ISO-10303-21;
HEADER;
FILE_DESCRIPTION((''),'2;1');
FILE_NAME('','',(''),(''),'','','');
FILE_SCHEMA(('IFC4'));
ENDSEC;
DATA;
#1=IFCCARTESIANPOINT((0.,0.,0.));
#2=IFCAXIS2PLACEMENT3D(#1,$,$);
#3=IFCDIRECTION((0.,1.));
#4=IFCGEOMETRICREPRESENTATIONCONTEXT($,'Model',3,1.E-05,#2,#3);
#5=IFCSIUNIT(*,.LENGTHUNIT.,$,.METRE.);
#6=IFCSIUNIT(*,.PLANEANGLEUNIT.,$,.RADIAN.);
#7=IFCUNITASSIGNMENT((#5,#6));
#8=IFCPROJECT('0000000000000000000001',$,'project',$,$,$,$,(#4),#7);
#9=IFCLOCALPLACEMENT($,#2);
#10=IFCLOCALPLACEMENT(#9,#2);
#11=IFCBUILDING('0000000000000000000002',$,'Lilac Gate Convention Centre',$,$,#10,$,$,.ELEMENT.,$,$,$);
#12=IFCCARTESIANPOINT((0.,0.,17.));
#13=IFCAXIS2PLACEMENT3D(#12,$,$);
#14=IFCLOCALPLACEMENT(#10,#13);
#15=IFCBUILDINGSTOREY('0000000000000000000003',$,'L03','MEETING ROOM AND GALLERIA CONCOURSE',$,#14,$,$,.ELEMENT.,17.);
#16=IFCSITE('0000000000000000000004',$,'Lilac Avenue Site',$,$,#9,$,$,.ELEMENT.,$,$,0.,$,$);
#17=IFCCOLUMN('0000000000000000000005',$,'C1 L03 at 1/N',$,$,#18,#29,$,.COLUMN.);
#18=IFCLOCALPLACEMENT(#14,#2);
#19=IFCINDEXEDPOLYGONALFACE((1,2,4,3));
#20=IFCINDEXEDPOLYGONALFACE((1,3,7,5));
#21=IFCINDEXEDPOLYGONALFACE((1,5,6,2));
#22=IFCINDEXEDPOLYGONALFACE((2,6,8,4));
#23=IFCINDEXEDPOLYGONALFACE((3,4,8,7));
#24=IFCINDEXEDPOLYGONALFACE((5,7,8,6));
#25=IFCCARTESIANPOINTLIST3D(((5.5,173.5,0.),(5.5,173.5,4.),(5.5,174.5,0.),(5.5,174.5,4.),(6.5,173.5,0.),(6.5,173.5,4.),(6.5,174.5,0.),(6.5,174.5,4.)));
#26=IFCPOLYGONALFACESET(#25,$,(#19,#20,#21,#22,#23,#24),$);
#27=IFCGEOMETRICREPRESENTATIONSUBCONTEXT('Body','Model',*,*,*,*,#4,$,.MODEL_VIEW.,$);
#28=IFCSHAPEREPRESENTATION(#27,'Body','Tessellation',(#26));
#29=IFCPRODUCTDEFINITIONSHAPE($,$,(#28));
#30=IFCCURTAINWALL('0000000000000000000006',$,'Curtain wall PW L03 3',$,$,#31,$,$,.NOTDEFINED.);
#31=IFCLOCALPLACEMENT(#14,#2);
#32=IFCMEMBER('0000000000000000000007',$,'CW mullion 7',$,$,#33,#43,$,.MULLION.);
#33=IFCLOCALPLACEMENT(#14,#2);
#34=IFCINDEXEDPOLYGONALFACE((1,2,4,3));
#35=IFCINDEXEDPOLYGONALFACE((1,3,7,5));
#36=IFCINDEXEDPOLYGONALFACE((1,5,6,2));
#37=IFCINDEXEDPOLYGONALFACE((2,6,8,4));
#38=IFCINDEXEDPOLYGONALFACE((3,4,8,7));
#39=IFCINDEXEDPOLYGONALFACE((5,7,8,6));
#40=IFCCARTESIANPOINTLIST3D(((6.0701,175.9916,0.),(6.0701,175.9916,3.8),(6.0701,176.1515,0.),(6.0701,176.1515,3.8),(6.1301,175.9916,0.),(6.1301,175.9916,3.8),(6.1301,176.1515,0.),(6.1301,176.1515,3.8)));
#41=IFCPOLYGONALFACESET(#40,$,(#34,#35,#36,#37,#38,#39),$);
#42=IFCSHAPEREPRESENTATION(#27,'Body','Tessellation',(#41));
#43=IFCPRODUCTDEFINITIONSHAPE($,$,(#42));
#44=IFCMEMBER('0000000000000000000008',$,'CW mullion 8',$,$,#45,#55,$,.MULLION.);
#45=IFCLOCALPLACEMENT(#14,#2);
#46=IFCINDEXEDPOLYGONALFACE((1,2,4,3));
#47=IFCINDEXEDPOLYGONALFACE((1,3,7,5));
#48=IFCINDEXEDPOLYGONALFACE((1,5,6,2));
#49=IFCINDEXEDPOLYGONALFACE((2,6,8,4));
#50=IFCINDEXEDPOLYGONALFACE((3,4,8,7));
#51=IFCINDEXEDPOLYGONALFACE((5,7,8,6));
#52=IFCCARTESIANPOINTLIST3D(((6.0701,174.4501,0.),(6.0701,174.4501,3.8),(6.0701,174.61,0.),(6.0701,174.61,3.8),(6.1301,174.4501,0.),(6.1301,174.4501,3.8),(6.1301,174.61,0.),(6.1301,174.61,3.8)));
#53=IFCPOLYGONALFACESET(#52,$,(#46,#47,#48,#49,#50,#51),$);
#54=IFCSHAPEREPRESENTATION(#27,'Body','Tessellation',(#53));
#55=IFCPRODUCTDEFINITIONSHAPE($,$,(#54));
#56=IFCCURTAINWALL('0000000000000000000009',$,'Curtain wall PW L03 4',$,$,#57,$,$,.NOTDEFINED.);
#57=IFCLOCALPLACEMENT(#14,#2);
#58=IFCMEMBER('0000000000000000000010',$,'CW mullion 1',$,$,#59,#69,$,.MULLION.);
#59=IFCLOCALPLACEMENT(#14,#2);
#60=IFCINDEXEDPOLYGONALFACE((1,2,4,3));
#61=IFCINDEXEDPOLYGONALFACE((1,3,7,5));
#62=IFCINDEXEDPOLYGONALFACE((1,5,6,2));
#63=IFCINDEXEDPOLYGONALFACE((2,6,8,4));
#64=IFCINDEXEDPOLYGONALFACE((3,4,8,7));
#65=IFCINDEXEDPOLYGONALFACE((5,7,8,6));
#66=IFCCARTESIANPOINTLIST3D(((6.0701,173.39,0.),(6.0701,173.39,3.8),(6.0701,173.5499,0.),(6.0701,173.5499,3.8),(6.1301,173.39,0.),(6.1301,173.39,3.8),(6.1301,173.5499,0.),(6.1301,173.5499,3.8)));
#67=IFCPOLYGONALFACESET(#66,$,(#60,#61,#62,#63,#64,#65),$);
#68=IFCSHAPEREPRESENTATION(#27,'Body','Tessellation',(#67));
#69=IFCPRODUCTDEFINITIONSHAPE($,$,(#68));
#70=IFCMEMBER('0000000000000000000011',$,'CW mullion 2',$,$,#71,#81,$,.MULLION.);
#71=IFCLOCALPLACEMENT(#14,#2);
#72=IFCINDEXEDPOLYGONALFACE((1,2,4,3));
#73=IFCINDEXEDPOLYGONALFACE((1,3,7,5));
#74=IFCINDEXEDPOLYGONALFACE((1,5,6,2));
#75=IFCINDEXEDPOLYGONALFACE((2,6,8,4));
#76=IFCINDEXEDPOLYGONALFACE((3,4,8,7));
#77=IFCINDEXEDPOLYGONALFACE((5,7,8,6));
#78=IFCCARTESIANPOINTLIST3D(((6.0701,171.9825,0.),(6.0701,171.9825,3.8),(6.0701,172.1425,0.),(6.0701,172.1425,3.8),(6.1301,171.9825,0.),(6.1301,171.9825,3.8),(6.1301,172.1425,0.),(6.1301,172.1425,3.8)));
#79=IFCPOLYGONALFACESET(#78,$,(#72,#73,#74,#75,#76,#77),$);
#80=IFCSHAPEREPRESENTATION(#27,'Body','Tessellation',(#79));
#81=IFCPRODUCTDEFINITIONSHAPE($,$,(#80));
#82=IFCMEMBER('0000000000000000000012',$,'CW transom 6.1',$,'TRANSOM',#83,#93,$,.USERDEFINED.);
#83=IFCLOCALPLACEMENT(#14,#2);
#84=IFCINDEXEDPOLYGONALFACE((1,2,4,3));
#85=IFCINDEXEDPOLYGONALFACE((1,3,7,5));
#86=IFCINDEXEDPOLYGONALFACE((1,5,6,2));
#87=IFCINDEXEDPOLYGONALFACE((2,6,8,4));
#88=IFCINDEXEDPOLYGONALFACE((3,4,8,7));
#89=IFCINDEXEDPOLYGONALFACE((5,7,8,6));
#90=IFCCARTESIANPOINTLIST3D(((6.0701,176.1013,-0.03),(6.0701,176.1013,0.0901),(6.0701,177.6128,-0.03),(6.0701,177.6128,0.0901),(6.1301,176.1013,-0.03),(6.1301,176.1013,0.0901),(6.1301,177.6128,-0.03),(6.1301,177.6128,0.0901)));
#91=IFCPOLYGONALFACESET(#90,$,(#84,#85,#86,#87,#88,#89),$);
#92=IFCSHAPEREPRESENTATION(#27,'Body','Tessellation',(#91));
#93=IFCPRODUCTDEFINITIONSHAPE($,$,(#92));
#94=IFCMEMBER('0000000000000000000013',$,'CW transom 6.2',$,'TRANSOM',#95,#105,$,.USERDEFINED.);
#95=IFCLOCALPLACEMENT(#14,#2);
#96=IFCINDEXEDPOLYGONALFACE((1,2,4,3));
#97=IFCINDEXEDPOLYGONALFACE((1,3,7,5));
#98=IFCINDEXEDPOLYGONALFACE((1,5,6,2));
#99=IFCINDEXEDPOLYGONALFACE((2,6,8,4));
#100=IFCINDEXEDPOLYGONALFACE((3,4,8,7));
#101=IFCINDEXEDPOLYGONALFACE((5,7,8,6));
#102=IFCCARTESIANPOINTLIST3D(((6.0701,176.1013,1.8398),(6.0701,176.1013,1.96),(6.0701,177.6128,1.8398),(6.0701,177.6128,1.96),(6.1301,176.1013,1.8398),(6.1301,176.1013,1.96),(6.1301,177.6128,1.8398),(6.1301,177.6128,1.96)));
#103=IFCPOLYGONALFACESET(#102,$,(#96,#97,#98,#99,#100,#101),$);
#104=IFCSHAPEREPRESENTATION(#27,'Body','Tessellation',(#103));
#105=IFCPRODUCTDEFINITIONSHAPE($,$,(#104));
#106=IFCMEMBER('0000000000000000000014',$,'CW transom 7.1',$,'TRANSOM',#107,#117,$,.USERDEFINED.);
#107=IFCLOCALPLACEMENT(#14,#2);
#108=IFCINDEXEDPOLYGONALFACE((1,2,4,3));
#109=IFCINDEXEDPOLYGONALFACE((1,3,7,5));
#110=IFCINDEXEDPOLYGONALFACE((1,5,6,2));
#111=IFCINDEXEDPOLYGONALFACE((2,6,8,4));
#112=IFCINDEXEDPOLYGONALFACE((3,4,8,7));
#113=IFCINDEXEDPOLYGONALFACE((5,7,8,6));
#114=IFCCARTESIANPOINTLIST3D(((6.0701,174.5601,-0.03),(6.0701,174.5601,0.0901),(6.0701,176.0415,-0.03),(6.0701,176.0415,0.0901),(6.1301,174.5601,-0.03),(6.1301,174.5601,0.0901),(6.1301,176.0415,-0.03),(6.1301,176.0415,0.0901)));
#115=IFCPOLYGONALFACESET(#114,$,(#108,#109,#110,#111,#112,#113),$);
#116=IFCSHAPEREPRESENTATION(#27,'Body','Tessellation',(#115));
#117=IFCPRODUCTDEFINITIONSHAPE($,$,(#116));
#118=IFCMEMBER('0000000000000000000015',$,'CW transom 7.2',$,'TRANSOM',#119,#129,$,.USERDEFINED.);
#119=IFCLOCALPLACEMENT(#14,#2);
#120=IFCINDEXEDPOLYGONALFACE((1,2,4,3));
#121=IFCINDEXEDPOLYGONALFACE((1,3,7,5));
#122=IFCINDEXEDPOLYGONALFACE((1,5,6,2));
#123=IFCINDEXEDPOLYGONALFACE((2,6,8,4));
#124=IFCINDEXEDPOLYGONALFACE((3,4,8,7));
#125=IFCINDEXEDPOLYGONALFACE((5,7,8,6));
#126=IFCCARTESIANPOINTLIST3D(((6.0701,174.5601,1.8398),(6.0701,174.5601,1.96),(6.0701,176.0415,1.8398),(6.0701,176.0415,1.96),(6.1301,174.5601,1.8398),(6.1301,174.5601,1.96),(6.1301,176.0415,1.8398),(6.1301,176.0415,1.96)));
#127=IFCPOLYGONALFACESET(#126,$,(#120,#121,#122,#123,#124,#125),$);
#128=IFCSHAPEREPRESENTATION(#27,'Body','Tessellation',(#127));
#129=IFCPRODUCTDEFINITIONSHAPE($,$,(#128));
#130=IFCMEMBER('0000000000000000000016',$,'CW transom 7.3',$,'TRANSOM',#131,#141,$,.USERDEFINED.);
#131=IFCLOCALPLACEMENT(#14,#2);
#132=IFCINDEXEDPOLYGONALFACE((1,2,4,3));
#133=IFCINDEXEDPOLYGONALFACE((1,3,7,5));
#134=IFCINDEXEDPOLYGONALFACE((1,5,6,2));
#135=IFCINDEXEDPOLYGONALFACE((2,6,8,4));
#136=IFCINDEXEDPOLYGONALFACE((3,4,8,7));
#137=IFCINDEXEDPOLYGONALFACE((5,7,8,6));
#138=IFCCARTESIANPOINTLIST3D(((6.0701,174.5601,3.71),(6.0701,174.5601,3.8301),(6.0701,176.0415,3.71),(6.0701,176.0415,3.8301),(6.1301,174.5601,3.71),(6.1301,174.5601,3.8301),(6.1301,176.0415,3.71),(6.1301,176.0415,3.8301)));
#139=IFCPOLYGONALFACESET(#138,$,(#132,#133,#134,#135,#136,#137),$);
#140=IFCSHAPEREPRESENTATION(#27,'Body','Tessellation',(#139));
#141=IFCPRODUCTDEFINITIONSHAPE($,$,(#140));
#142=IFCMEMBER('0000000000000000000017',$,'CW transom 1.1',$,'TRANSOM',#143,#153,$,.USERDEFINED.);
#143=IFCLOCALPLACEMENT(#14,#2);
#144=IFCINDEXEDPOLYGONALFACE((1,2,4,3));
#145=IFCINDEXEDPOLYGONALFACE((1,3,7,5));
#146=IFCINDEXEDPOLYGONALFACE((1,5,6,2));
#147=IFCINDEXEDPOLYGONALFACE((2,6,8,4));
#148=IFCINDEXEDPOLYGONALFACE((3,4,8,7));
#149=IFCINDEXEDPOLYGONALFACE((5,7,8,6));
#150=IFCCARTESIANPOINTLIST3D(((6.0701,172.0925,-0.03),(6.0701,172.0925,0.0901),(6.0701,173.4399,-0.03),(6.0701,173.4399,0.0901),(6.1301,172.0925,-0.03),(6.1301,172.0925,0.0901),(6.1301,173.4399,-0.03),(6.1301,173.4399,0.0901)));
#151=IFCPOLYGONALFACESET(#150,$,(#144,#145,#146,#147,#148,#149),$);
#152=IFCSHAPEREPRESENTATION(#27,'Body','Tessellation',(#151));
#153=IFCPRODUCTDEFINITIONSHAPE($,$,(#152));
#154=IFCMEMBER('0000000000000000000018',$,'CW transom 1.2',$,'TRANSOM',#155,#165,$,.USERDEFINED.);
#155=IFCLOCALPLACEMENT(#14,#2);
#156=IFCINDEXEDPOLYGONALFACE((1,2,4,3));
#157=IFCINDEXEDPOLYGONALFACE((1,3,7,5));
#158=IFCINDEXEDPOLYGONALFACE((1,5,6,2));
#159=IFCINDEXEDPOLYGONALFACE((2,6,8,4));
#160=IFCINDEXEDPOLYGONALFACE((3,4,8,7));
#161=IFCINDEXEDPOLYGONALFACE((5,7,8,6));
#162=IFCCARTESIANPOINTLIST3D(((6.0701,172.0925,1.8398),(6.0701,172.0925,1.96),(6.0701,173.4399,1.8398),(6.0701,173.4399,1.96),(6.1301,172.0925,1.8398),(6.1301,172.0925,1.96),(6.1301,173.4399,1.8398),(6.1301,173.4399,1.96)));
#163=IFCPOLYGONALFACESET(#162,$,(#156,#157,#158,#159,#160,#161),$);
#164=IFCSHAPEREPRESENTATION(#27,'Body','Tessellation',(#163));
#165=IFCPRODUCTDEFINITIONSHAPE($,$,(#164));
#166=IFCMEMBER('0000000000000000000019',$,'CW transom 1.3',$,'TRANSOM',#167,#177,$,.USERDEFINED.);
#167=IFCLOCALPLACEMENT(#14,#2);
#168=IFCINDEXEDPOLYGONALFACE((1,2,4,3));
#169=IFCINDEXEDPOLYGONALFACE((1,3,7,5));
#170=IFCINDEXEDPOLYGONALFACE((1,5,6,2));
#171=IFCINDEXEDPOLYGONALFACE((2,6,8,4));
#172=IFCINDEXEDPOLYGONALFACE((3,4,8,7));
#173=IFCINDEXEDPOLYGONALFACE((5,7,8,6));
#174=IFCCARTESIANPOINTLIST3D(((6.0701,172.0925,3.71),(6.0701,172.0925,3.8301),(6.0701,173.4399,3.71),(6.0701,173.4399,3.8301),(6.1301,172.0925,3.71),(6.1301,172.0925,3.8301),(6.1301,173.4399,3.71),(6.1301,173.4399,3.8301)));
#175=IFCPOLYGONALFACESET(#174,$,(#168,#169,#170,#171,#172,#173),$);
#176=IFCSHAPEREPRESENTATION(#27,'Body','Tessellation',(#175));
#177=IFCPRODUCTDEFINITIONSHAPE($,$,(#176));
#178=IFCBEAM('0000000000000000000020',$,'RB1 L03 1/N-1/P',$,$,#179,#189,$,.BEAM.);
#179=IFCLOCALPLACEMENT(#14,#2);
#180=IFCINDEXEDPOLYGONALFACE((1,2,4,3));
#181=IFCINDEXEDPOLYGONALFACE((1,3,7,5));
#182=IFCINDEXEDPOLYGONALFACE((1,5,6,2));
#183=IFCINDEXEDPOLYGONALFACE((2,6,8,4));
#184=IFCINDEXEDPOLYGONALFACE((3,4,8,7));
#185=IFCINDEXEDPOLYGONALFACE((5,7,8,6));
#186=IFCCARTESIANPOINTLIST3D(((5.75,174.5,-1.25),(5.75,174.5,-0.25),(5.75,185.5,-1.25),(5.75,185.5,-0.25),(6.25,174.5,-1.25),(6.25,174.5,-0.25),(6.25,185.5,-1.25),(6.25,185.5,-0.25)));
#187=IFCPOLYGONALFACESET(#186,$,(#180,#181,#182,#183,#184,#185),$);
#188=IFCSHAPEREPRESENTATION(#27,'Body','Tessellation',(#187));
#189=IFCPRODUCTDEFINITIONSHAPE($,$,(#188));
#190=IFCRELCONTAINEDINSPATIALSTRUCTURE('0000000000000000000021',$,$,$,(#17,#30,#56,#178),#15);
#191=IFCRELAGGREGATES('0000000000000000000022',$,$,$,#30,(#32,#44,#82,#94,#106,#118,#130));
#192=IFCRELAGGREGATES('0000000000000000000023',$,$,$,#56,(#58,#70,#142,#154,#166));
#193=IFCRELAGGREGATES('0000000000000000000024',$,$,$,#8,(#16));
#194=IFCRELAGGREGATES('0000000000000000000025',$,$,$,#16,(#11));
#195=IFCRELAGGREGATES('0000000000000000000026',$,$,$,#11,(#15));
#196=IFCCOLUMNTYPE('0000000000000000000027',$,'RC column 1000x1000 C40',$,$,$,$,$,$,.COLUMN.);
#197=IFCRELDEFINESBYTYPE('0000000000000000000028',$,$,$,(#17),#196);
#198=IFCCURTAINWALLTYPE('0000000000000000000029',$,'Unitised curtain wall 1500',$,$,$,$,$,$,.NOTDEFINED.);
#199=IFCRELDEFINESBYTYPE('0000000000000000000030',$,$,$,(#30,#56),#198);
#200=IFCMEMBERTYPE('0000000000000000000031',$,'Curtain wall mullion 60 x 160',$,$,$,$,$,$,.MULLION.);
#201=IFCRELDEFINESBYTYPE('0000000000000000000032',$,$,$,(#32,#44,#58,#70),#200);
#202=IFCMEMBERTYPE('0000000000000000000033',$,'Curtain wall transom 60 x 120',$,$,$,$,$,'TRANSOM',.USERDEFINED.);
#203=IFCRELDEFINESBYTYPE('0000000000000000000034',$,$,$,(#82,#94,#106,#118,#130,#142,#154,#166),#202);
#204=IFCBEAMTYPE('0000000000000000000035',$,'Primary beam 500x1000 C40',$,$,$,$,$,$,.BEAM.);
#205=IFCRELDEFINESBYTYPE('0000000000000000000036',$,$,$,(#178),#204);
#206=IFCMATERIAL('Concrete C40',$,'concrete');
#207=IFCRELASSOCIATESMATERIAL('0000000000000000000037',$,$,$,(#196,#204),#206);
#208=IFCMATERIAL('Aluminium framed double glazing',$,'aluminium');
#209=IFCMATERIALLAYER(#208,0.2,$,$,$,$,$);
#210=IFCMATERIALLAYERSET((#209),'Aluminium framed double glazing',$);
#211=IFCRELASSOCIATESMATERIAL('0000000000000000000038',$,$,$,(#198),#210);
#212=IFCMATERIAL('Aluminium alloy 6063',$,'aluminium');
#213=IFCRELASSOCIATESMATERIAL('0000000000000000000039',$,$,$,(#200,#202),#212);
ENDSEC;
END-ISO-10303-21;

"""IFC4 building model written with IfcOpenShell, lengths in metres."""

from ifc_helpers import new_model, si_unit, direction, frame, origin, origin_2d, place, context, subcontext, project, spatial, rectangle, extrude, material, layer, layer_set, material_profile, profile_set, type_object, element, aggregate, save


model = new_model("IFC4")

# Units and contexts
model_context = context("Model", 3, precision=1e-05, world=origin(), true_north=direction((0.0, 1.0)))
body_context = subcontext(model_context, "Body", "Model", "MODEL_VIEW")
ifc_project = project(units=[si_unit("LENGTHUNIT", "METRE"), si_unit("PLANEANGLEUNIT", "RADIAN")], contexts=[model_context])

# Site, building, storey
site_placement = place(None, origin())
site = spatial("IfcSite", under=ifc_project, at=site_placement, Name="Lilac Avenue Site", CompositionType="ELEMENT", RefElevation=0.0)
building_placement = place(site_placement, origin())
building = spatial("IfcBuilding", under=site, at=building_placement, Name="Lilac Gate Convention Centre", CompositionType="ELEMENT")
storey_placement = place(building_placement, frame((0.0, 0.0, 17.0)))
storey = spatial("IfcBuildingStorey", under=building, at=storey_placement, Name="L03", Description="MEETING ROOM AND GALLERIA CONCOURSE", CompositionType="ELEMENT", Elevation=17.0)

# Column
ifc_material_1 = material(Name="Concrete C40", Category="concrete")
ifc_material_profile_1 = material_profile(ifc_material_1, rectangle(XDim=1.0, YDim=1.0, at=origin_2d()), Name="RC 1000x1000")
ifc_profile_set_1 = profile_set([ifc_material_profile_1], Name="Concrete C40")
column_type = type_object("IfcColumnType", Name="RC column 1000x1000 C40", PredefinedType="COLUMN", material=ifc_profile_set_1)
column_placement = place(storey_placement, frame((6.0, 174.0, 0.0), z_axis=(0.0, 0.0, 1.0), x_axis=(1.0, 0.0, 0.0)))
element("IfcColumn", 1, at=column_placement, inside=storey, type_object=column_type, Name="C1 L03 at 1/N", PredefinedType="COLUMN", context=body_context, shape_type="SweptSolid", body=[
    extrude(rectangle(XDim=1.0, YDim=1.0, at=origin_2d()), origin(), (0.0, 0.0, 1.0), 4.0),
])

# Curtain walls, members
ifc_material_2 = material(Name="Aluminium framed double glazing", Category="aluminium")
ifc_layer_1 = layer(ifc_material_2, 0.2)
ifc_layer_set_1 = layer_set([ifc_layer_1], Name="Aluminium framed double glazing")
curtain_wall_type = type_object("IfcCurtainWallType", Name="Unitised curtain wall 1500", PredefinedType="NOTDEFINED", material=ifc_layer_set_1)
curtain_wall_1_placement = place(storey_placement, origin())
curtain_wall_1 = element("IfcCurtainWall", 2, at=curtain_wall_1_placement, inside=storey, type_object=curtain_wall_type, Name="Curtain wall PW L03 3", PredefinedType="NOTDEFINED")
ifc_material_3 = material(Name="Aluminium alloy 6063", Category="aluminium")
ifc_material_profile_2 = material_profile(ifc_material_3, rectangle(XDim=0.0601, YDim=0.1599, at=origin_2d()), Name="Curtain wall mullion 60 x 160")
ifc_profile_set_2 = profile_set([ifc_material_profile_2], Name="Aluminium alloy 6063")
member_type_1 = type_object("IfcMemberType", Name="Curtain wall mullion 60 x 160", PredefinedType="MULLION", material=ifc_profile_set_2)
member_1_placement = place(storey_placement, frame((6.1001, 176.0715, 0.0), z_axis=(0.0, 0.0, 1.0), x_axis=(1.0, 0.0, 0.0)))
member_1 = element("IfcMember", 3, at=member_1_placement, type_object=member_type_1, Name="CW mullion 7", PredefinedType="MULLION", context=body_context, shape_type="SweptSolid", body=[
    extrude(rectangle(XDim=0.0601, YDim=0.1599, at=origin_2d()), origin(), (0.0, 0.0, 1.0), 3.8),
])
member_2_placement = place(storey_placement, frame((6.1001, 174.53, 0.0), z_axis=(0.0, 0.0, 1.0), x_axis=(1.0, 0.0, 0.0)))
member_2 = element("IfcMember", 4, at=member_2_placement, type_object=member_type_1, Name="CW mullion 8", PredefinedType="MULLION", context=body_context, shape_type="SweptSolid", body=[
    extrude(rectangle(XDim=0.0601, YDim=0.1599, at=origin_2d()), origin(), (0.0, 0.0, 1.0), 3.8),
])
curtain_wall_2_placement = place(storey_placement, origin())
curtain_wall_2 = element("IfcCurtainWall", 5, at=curtain_wall_2_placement, inside=storey, type_object=curtain_wall_type, Name="Curtain wall PW L03 4", PredefinedType="NOTDEFINED")
member_3_placement = place(storey_placement, frame((6.1001, 173.47, 0.0), z_axis=(0.0, 0.0, 1.0), x_axis=(1.0, 0.0, 0.0)))
member_3 = element("IfcMember", 6, at=member_3_placement, type_object=member_type_1, Name="CW mullion 1", PredefinedType="MULLION", context=body_context, shape_type="SweptSolid", body=[
    extrude(rectangle(XDim=0.0601, YDim=0.1599, at=origin_2d()), origin(), (0.0, 0.0, 1.0), 3.8),
])
member_4_placement = place(storey_placement, frame((6.1001, 172.0625, 0.0), z_axis=(0.0, 0.0, 1.0), x_axis=(1.0, 0.0, 0.0)))
member_4 = element("IfcMember", 7, at=member_4_placement, type_object=member_type_1, Name="CW mullion 2", PredefinedType="MULLION", context=body_context, shape_type="SweptSolid", body=[
    extrude(rectangle(XDim=0.0601, YDim=0.1599, at=origin_2d()), origin(), (0.0, 0.0, 1.0), 3.8),
])

# Members
ifc_material_profile_3 = material_profile(ifc_material_3, rectangle(XDim=0.0601, YDim=0.1201, at=origin_2d()), Name="Curtain wall transom 60 x 120")
ifc_profile_set_3 = profile_set([ifc_material_profile_3], Name="Aluminium alloy 6063")
member_type_2 = type_object("IfcMemberType", Name="Curtain wall transom 60 x 120", ElementType="TRANSOM", PredefinedType="USERDEFINED", material=ifc_profile_set_3)
member_5_placement = place(storey_placement, frame((6.1001, 177.6128, 0.03), z_axis=(0.0, -1.0, 0.0), x_axis=(1.0, 0.0, 0.0)))
member_5 = element("IfcMember", 8, at=member_5_placement, type_object=member_type_2, Name="CW transom 6.1", ObjectType="TRANSOM", PredefinedType="USERDEFINED", context=body_context, shape_type="SweptSolid", body=[
    extrude(rectangle(XDim=0.0601, YDim=0.1201, at=origin_2d()), origin(), (0.0, 0.0, 1.0), 1.5115),
])
member_6_placement = place(storey_placement, frame((6.1001, 177.6128, 1.8999), z_axis=(0.0, -1.0, 0.0), x_axis=(1.0, 0.0, 0.0)))
member_6 = element("IfcMember", 9, at=member_6_placement, type_object=member_type_2, Name="CW transom 6.2", ObjectType="TRANSOM", PredefinedType="USERDEFINED", context=body_context, shape_type="SweptSolid", body=[
    extrude(rectangle(XDim=0.0601, YDim=0.1201, at=origin_2d()), origin(), (0.0, 0.0, 1.0), 1.5115),
])
member_7_placement = place(storey_placement, frame((6.1001, 176.0415, 0.03), z_axis=(0.0, -1.0, 0.0), x_axis=(1.0, 0.0, 0.0)))
member_7 = element("IfcMember", 10, at=member_7_placement, type_object=member_type_2, Name="CW transom 7.1", ObjectType="TRANSOM", PredefinedType="USERDEFINED", context=body_context, shape_type="SweptSolid", body=[
    extrude(rectangle(XDim=0.0601, YDim=0.1201, at=origin_2d()), origin(), (0.0, 0.0, 1.0), 1.4814),
])
member_8_placement = place(storey_placement, frame((6.1001, 176.0415, 1.8999), z_axis=(0.0, -1.0, 0.0), x_axis=(1.0, 0.0, 0.0)))
member_8 = element("IfcMember", 11, at=member_8_placement, type_object=member_type_2, Name="CW transom 7.2", ObjectType="TRANSOM", PredefinedType="USERDEFINED", context=body_context, shape_type="SweptSolid", body=[
    extrude(rectangle(XDim=0.0601, YDim=0.1201, at=origin_2d()), origin(), (0.0, 0.0, 1.0), 1.4814),
])
member_9_placement = place(storey_placement, frame((6.1001, 176.0415, 3.77), z_axis=(0.0, -1.0, 0.0), x_axis=(1.0, 0.0, 0.0)))
member_9 = element("IfcMember", 12, at=member_9_placement, type_object=member_type_2, Name="CW transom 7.3", ObjectType="TRANSOM", PredefinedType="USERDEFINED", context=body_context, shape_type="SweptSolid", body=[
    extrude(rectangle(XDim=0.0601, YDim=0.1201, at=origin_2d()), origin(), (0.0, 0.0, 1.0), 1.4814),
])
member_10_placement = place(storey_placement, frame((6.1001, 173.4399, 0.03), z_axis=(0.0, -1.0, 0.0), x_axis=(1.0, 0.0, 0.0)))
member_10 = element("IfcMember", 13, at=member_10_placement, type_object=member_type_2, Name="CW transom 1.1", ObjectType="TRANSOM", PredefinedType="USERDEFINED", context=body_context, shape_type="SweptSolid", body=[
    extrude(rectangle(XDim=0.0601, YDim=0.1201, at=origin_2d()), origin(), (0.0, 0.0, 1.0), 1.3474),
])
member_11_placement = place(storey_placement, frame((6.1001, 173.4399, 1.8999), z_axis=(0.0, -1.0, 0.0), x_axis=(1.0, 0.0, 0.0)))
member_11 = element("IfcMember", 14, at=member_11_placement, type_object=member_type_2, Name="CW transom 1.2", ObjectType="TRANSOM", PredefinedType="USERDEFINED", context=body_context, shape_type="SweptSolid", body=[
    extrude(rectangle(XDim=0.0601, YDim=0.1201, at=origin_2d()), origin(), (0.0, 0.0, 1.0), 1.3474),
])
member_12_placement = place(storey_placement, frame((6.1001, 173.4399, 3.77), z_axis=(0.0, -1.0, 0.0), x_axis=(1.0, 0.0, 0.0)))
member_12 = element("IfcMember", 15, at=member_12_placement, type_object=member_type_2, Name="CW transom 1.3", ObjectType="TRANSOM", PredefinedType="USERDEFINED", context=body_context, shape_type="SweptSolid", body=[
    extrude(rectangle(XDim=0.0601, YDim=0.1201, at=origin_2d()), origin(), (0.0, 0.0, 1.0), 1.3474),
])

# Beam
ifc_material_profile_4 = material_profile(ifc_material_1, rectangle(XDim=0.5, YDim=1.0, at=origin_2d()), Name="RC 500x1000")
ifc_profile_set_4 = profile_set([ifc_material_profile_4], Name="Concrete C40")
beam_type = type_object("IfcBeamType", Name="Primary beam 500x1000 C40", PredefinedType="BEAM", material=ifc_profile_set_4)
beam_placement = place(storey_placement, frame((6.0, 174.5, -0.75), z_axis=(0.0, 1.0, 0.0), x_axis=(-1.0, 0.0, 0.0)))
element("IfcBeam", 16, at=beam_placement, inside=storey, type_object=beam_type, Name="RB1 L03 1/N-1/P", PredefinedType="BEAM", context=body_context, shape_type="SweptSolid", body=[
    extrude(rectangle(XDim=0.5, YDim=1.0, at=origin_2d()), origin(), (0.0, 0.0, 1.0), 11.0),
])

aggregate(curtain_wall_1, [member_1, member_2, member_5, member_6, member_7, member_8, member_9])
aggregate(curtain_wall_2, [member_3, member_4, member_10, member_11, member_12])

save(model, "model.ifc")
